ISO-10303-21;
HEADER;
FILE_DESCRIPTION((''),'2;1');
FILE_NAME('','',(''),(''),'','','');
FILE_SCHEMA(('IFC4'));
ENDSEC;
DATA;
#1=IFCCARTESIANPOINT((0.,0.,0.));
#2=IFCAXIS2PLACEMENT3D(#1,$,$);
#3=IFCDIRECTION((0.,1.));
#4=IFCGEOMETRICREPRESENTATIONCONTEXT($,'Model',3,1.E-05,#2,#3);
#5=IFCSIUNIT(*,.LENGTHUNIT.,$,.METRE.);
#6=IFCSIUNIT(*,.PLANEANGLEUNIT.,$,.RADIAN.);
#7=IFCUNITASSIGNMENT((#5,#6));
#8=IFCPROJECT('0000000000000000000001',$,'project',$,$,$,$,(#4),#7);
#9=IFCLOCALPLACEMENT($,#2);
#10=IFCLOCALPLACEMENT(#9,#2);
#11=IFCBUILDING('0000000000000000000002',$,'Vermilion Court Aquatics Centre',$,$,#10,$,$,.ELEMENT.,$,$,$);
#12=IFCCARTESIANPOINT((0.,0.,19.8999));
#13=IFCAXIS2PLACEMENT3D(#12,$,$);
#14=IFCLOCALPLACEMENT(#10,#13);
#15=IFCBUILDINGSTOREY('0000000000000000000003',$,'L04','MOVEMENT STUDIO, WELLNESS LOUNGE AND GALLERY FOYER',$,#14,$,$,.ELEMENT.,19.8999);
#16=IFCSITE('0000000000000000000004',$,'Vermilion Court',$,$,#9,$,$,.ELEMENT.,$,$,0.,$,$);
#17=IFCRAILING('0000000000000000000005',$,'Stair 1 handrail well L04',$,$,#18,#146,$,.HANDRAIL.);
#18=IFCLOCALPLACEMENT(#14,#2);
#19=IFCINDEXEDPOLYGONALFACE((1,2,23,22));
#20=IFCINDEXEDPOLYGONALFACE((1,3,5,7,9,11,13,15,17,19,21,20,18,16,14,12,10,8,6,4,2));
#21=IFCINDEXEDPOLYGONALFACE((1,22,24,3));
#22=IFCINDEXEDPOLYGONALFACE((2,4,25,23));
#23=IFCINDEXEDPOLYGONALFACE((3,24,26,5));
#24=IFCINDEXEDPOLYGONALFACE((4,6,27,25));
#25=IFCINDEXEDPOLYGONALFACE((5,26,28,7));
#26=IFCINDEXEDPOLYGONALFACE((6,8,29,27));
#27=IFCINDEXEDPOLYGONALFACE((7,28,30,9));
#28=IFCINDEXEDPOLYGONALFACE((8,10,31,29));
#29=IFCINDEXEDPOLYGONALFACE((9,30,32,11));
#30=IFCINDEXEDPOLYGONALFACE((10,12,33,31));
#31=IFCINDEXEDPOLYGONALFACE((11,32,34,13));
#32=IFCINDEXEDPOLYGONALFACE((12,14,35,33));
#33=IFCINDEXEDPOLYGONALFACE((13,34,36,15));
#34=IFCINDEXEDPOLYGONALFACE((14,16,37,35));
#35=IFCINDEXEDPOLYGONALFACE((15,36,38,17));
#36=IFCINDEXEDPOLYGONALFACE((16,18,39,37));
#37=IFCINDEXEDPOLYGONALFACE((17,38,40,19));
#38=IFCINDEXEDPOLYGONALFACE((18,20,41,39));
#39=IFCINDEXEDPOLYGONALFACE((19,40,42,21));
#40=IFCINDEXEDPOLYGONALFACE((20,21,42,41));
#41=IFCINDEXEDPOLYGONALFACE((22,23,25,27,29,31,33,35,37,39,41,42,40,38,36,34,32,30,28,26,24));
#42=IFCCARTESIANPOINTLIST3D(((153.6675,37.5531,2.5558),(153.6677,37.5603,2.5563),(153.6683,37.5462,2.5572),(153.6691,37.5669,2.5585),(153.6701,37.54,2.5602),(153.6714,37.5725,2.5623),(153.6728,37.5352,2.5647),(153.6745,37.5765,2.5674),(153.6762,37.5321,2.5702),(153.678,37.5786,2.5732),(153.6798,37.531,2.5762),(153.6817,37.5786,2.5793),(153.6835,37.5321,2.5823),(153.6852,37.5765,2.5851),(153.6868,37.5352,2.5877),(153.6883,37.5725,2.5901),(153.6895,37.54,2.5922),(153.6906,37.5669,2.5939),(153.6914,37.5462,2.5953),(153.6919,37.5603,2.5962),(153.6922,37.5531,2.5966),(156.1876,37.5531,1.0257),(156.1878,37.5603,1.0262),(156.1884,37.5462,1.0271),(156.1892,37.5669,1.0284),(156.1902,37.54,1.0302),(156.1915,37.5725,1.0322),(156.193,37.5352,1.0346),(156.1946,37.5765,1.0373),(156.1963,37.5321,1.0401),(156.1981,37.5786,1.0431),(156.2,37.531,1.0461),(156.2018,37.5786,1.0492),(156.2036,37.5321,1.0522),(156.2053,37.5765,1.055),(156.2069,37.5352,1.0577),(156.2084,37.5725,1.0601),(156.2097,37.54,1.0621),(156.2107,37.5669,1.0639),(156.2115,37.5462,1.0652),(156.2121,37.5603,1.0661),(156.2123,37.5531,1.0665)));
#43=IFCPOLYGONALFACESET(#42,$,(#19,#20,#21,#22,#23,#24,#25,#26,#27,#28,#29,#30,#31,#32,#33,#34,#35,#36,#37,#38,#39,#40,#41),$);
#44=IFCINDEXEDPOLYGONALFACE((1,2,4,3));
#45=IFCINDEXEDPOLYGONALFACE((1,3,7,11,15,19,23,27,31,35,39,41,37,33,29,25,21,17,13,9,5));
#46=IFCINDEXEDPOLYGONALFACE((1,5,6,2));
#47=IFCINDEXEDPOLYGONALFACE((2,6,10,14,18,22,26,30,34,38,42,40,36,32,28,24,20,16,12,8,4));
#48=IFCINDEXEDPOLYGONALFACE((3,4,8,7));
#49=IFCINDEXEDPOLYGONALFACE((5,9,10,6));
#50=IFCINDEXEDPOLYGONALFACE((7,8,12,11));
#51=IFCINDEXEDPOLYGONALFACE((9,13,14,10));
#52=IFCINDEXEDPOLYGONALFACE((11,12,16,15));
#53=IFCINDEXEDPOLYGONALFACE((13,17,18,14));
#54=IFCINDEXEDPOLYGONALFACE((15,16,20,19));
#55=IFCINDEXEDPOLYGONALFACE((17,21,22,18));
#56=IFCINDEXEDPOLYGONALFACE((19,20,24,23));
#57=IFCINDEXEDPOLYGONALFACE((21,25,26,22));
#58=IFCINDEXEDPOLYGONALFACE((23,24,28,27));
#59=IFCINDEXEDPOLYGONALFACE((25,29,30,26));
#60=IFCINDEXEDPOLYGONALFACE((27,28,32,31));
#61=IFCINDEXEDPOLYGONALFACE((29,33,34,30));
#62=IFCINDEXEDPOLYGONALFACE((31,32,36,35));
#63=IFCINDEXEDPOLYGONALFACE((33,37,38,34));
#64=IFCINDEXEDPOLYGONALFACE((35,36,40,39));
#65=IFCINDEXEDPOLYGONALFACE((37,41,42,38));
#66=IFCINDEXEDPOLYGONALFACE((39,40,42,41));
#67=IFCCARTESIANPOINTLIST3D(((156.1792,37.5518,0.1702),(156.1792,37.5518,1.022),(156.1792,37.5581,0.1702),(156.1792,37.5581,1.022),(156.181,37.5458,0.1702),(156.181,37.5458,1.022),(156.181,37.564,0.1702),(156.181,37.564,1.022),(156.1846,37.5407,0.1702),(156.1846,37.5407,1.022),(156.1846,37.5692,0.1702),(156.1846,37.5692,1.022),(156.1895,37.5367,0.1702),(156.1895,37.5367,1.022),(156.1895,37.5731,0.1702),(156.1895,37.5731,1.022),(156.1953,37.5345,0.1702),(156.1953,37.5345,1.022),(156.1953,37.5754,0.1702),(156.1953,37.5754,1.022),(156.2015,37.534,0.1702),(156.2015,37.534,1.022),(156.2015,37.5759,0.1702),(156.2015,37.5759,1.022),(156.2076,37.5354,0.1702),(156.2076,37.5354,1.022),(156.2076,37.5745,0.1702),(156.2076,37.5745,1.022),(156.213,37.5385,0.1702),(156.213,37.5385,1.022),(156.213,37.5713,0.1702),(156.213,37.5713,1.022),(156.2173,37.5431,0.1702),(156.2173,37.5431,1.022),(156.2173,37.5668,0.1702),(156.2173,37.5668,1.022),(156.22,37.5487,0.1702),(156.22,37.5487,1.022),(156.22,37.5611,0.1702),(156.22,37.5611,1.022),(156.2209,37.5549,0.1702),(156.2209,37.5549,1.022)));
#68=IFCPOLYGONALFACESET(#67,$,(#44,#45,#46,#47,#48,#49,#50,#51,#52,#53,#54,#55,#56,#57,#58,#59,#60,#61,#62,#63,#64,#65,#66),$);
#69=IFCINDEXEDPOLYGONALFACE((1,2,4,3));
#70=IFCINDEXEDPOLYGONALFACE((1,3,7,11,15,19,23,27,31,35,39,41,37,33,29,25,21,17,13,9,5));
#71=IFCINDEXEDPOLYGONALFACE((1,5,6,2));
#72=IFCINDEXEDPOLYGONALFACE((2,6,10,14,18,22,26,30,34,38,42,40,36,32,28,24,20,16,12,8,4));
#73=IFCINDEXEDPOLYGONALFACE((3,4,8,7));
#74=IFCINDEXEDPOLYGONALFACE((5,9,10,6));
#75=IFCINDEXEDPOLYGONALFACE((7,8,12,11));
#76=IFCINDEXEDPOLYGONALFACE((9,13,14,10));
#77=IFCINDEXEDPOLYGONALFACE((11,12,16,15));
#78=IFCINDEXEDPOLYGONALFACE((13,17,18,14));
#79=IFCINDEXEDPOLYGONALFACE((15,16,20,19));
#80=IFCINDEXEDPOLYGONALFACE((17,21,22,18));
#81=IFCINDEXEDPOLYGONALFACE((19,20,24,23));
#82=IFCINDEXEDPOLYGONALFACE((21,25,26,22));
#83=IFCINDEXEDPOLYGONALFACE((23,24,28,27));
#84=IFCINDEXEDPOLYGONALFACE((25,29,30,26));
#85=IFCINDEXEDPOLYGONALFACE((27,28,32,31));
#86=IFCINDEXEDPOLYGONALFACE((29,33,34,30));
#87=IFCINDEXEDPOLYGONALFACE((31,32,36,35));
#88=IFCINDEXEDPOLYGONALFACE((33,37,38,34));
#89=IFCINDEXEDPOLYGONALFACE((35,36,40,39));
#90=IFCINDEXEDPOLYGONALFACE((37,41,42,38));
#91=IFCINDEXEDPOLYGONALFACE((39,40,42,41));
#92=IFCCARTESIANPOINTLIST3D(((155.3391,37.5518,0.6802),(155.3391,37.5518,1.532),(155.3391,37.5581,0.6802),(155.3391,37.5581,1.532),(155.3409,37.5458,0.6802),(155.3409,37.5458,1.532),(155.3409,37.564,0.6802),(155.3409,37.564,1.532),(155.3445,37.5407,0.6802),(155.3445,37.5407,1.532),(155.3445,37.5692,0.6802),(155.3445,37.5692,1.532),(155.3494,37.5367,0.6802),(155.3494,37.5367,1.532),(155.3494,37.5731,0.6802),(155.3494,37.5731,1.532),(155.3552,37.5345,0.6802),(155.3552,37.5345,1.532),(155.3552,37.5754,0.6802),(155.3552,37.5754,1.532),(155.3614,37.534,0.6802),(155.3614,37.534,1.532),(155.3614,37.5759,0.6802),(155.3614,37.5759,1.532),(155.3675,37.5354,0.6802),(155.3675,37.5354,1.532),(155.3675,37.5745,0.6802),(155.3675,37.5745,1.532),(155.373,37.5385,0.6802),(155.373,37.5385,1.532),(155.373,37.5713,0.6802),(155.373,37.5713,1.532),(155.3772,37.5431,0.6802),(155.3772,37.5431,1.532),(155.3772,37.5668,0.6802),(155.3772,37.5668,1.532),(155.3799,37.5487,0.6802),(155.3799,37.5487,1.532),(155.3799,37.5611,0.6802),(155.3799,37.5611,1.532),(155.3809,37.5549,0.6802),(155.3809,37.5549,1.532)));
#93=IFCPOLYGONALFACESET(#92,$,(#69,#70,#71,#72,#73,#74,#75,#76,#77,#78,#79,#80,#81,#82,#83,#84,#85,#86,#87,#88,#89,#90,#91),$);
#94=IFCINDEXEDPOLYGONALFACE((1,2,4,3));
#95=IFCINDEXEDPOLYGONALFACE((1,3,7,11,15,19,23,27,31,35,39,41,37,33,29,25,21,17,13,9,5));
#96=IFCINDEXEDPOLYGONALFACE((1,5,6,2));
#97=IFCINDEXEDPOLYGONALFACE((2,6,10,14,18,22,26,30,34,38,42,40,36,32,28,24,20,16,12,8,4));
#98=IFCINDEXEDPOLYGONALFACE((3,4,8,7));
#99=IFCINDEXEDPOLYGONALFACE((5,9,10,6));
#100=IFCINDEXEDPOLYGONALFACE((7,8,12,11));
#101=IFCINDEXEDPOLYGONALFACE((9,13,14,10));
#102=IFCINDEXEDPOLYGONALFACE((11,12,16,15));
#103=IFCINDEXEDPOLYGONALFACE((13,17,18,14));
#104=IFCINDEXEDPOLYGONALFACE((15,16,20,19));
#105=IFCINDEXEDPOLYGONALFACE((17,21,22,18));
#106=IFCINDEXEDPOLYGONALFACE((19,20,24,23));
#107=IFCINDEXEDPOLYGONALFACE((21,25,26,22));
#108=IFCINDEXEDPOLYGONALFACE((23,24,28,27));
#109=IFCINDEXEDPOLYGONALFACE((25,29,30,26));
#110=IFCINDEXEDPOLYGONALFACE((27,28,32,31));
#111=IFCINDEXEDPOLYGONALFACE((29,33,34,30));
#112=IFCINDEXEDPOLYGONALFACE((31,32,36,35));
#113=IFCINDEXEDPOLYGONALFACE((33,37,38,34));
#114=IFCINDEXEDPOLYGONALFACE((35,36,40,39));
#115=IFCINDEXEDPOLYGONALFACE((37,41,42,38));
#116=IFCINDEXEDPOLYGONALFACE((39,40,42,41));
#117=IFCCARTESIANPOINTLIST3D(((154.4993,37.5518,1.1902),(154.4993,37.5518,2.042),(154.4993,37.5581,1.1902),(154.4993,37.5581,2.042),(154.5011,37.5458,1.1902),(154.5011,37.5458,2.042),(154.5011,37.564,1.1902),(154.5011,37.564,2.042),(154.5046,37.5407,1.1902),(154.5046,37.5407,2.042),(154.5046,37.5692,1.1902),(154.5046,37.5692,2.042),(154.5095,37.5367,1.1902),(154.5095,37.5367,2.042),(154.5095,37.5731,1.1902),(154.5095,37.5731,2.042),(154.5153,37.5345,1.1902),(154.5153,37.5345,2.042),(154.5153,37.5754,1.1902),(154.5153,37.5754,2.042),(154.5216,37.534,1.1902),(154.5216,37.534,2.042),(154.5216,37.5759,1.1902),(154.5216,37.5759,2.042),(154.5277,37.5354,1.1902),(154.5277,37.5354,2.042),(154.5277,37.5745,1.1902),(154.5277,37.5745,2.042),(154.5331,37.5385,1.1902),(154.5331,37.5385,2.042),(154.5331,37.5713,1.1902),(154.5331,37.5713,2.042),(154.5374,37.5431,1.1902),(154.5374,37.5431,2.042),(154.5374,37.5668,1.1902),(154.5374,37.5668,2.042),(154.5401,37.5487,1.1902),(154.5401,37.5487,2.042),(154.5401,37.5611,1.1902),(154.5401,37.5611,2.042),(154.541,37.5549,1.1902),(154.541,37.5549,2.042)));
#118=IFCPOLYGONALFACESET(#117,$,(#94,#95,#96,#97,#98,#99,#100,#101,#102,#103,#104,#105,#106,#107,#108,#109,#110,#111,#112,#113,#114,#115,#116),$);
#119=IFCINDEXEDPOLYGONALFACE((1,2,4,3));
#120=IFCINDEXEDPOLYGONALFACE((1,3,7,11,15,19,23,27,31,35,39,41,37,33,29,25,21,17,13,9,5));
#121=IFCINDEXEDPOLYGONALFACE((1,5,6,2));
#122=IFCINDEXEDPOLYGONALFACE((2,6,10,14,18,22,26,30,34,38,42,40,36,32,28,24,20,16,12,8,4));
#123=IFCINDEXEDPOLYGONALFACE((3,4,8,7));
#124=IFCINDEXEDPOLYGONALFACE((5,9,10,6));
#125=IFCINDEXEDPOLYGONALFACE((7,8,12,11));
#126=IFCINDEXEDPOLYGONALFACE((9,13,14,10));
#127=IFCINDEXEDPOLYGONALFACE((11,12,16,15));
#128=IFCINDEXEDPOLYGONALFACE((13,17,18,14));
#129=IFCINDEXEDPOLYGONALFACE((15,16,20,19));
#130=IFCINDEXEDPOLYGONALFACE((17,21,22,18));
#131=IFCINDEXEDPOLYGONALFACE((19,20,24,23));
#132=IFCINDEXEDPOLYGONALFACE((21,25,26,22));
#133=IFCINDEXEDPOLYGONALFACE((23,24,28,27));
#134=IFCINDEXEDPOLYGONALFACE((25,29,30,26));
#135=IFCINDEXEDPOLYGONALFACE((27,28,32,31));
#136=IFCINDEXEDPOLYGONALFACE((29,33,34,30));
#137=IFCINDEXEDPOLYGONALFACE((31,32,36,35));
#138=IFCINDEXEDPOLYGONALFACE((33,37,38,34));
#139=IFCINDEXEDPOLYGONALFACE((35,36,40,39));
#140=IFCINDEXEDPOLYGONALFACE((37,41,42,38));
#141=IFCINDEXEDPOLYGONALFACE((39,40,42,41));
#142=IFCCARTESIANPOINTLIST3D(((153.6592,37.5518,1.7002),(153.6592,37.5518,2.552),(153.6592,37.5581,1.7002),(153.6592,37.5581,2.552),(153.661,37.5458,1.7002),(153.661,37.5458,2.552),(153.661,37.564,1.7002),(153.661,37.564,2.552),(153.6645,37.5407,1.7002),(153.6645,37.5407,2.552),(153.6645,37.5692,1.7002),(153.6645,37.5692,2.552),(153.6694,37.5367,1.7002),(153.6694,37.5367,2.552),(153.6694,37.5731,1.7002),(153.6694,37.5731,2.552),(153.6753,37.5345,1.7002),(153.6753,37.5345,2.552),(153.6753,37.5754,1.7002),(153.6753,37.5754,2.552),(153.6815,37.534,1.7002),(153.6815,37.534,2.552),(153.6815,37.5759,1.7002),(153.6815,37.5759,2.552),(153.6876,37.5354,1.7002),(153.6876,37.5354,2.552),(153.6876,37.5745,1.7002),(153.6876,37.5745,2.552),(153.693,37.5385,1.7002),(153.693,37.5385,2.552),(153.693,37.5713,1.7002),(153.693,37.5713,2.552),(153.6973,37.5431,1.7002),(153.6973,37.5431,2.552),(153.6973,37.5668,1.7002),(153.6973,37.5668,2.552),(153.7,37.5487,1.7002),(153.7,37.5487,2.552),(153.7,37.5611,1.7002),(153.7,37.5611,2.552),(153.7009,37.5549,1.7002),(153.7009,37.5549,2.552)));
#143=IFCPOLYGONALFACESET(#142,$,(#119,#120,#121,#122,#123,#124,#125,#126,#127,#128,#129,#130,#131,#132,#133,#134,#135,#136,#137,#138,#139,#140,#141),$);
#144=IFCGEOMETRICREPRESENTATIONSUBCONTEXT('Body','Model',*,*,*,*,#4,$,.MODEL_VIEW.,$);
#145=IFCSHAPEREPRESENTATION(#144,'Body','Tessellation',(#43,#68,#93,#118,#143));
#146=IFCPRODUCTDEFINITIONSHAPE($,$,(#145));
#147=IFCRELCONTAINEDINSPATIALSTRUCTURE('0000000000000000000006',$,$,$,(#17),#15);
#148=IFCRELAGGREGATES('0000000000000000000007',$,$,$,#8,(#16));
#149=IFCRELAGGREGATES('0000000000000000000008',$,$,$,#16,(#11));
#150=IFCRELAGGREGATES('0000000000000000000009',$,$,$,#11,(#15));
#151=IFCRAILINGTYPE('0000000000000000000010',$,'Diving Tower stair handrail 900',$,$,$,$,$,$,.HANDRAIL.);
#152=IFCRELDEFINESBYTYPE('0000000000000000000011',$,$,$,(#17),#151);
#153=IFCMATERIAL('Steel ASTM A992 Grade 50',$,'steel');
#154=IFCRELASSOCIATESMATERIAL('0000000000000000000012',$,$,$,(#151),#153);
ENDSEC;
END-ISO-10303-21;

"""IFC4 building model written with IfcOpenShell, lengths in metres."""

from ifc_helpers import new_model, si_unit, direction, frame, origin, origin_2d, place, context, subcontext, project, spatial, circle, extrude, material, type_object, element, save


model = new_model("IFC4")

# Units and contexts
model_context = context("Model", 3, precision=1e-05, world=origin(), true_north=direction((0.0, 1.0)))
body_context = subcontext(model_context, "Body", "Model", "MODEL_VIEW")
ifc_project = project(units=[si_unit("LENGTHUNIT", "METRE"), si_unit("PLANEANGLEUNIT", "RADIAN")], contexts=[model_context])

# Site, building, storey
site_placement = place(None, origin())
site = spatial("IfcSite", under=ifc_project, at=site_placement, Name="Vermilion Court", CompositionType="ELEMENT", RefElevation=0.0)
building_placement = place(site_placement, origin())
building = spatial("IfcBuilding", under=site, at=building_placement, Name="Vermilion Court Aquatics Centre", CompositionType="ELEMENT")
storey_placement = place(building_placement, frame((0.0, 0.0, 19.8999)))
storey = spatial("IfcBuildingStorey", under=building, at=storey_placement, Name="L04", Description="MOVEMENT STUDIO, WELLNESS LOUNGE AND GALLERY FOYER", CompositionType="ELEMENT", Elevation=19.8999)

# Railing
ifc_material_1 = material(Name="Steel ASTM A992 Grade 50", Category="steel")
railing_type_1 = type_object("IfcRailingType", Name="Diving Tower stair handrail 900", PredefinedType="HANDRAIL", material=ifc_material_1)
for number, where, name in (
    (1, (156.2, 37.5549, 0.1702), "Stair 1 handrail well L04"),
):
    element("IfcRailing", number, at=place(storey_placement, frame(where)), inside=storey, type_object=railing_type_1, Name=name, PredefinedType="HANDRAIL", context=body_context, shape_type="SweptSolid", body=[
        extrude(circle(Radius=0.0239, at=origin_2d()), frame((0.0, 0.0, 0.876), z_axis=(-0.854785, 0.0, 0.518982), x_axis=(0.0, -1.0, 0.0)), (0.0, 0.0, 1.0), 2.9482),
        extrude(circle(Radius=0.021, at=origin_2d()), origin(), (0.0, 0.0, 1.0), 0.8518),
        extrude(circle(Radius=0.021, at=origin_2d()), frame((-0.8401, 0.0, 0.51)), (0.0, 0.0, 1.0), 0.8518),
        extrude(circle(Radius=0.021, at=origin_2d()), frame((-1.6799, 0.0, 1.02)), (0.0, 0.0, 1.0), 0.8518),
        extrude(circle(Radius=0.021, at=origin_2d()), frame((-2.52, 0.0, 1.53)), (0.0, 0.0, 1.0), 0.8518),
    ])

save(model, "model.ifc")
